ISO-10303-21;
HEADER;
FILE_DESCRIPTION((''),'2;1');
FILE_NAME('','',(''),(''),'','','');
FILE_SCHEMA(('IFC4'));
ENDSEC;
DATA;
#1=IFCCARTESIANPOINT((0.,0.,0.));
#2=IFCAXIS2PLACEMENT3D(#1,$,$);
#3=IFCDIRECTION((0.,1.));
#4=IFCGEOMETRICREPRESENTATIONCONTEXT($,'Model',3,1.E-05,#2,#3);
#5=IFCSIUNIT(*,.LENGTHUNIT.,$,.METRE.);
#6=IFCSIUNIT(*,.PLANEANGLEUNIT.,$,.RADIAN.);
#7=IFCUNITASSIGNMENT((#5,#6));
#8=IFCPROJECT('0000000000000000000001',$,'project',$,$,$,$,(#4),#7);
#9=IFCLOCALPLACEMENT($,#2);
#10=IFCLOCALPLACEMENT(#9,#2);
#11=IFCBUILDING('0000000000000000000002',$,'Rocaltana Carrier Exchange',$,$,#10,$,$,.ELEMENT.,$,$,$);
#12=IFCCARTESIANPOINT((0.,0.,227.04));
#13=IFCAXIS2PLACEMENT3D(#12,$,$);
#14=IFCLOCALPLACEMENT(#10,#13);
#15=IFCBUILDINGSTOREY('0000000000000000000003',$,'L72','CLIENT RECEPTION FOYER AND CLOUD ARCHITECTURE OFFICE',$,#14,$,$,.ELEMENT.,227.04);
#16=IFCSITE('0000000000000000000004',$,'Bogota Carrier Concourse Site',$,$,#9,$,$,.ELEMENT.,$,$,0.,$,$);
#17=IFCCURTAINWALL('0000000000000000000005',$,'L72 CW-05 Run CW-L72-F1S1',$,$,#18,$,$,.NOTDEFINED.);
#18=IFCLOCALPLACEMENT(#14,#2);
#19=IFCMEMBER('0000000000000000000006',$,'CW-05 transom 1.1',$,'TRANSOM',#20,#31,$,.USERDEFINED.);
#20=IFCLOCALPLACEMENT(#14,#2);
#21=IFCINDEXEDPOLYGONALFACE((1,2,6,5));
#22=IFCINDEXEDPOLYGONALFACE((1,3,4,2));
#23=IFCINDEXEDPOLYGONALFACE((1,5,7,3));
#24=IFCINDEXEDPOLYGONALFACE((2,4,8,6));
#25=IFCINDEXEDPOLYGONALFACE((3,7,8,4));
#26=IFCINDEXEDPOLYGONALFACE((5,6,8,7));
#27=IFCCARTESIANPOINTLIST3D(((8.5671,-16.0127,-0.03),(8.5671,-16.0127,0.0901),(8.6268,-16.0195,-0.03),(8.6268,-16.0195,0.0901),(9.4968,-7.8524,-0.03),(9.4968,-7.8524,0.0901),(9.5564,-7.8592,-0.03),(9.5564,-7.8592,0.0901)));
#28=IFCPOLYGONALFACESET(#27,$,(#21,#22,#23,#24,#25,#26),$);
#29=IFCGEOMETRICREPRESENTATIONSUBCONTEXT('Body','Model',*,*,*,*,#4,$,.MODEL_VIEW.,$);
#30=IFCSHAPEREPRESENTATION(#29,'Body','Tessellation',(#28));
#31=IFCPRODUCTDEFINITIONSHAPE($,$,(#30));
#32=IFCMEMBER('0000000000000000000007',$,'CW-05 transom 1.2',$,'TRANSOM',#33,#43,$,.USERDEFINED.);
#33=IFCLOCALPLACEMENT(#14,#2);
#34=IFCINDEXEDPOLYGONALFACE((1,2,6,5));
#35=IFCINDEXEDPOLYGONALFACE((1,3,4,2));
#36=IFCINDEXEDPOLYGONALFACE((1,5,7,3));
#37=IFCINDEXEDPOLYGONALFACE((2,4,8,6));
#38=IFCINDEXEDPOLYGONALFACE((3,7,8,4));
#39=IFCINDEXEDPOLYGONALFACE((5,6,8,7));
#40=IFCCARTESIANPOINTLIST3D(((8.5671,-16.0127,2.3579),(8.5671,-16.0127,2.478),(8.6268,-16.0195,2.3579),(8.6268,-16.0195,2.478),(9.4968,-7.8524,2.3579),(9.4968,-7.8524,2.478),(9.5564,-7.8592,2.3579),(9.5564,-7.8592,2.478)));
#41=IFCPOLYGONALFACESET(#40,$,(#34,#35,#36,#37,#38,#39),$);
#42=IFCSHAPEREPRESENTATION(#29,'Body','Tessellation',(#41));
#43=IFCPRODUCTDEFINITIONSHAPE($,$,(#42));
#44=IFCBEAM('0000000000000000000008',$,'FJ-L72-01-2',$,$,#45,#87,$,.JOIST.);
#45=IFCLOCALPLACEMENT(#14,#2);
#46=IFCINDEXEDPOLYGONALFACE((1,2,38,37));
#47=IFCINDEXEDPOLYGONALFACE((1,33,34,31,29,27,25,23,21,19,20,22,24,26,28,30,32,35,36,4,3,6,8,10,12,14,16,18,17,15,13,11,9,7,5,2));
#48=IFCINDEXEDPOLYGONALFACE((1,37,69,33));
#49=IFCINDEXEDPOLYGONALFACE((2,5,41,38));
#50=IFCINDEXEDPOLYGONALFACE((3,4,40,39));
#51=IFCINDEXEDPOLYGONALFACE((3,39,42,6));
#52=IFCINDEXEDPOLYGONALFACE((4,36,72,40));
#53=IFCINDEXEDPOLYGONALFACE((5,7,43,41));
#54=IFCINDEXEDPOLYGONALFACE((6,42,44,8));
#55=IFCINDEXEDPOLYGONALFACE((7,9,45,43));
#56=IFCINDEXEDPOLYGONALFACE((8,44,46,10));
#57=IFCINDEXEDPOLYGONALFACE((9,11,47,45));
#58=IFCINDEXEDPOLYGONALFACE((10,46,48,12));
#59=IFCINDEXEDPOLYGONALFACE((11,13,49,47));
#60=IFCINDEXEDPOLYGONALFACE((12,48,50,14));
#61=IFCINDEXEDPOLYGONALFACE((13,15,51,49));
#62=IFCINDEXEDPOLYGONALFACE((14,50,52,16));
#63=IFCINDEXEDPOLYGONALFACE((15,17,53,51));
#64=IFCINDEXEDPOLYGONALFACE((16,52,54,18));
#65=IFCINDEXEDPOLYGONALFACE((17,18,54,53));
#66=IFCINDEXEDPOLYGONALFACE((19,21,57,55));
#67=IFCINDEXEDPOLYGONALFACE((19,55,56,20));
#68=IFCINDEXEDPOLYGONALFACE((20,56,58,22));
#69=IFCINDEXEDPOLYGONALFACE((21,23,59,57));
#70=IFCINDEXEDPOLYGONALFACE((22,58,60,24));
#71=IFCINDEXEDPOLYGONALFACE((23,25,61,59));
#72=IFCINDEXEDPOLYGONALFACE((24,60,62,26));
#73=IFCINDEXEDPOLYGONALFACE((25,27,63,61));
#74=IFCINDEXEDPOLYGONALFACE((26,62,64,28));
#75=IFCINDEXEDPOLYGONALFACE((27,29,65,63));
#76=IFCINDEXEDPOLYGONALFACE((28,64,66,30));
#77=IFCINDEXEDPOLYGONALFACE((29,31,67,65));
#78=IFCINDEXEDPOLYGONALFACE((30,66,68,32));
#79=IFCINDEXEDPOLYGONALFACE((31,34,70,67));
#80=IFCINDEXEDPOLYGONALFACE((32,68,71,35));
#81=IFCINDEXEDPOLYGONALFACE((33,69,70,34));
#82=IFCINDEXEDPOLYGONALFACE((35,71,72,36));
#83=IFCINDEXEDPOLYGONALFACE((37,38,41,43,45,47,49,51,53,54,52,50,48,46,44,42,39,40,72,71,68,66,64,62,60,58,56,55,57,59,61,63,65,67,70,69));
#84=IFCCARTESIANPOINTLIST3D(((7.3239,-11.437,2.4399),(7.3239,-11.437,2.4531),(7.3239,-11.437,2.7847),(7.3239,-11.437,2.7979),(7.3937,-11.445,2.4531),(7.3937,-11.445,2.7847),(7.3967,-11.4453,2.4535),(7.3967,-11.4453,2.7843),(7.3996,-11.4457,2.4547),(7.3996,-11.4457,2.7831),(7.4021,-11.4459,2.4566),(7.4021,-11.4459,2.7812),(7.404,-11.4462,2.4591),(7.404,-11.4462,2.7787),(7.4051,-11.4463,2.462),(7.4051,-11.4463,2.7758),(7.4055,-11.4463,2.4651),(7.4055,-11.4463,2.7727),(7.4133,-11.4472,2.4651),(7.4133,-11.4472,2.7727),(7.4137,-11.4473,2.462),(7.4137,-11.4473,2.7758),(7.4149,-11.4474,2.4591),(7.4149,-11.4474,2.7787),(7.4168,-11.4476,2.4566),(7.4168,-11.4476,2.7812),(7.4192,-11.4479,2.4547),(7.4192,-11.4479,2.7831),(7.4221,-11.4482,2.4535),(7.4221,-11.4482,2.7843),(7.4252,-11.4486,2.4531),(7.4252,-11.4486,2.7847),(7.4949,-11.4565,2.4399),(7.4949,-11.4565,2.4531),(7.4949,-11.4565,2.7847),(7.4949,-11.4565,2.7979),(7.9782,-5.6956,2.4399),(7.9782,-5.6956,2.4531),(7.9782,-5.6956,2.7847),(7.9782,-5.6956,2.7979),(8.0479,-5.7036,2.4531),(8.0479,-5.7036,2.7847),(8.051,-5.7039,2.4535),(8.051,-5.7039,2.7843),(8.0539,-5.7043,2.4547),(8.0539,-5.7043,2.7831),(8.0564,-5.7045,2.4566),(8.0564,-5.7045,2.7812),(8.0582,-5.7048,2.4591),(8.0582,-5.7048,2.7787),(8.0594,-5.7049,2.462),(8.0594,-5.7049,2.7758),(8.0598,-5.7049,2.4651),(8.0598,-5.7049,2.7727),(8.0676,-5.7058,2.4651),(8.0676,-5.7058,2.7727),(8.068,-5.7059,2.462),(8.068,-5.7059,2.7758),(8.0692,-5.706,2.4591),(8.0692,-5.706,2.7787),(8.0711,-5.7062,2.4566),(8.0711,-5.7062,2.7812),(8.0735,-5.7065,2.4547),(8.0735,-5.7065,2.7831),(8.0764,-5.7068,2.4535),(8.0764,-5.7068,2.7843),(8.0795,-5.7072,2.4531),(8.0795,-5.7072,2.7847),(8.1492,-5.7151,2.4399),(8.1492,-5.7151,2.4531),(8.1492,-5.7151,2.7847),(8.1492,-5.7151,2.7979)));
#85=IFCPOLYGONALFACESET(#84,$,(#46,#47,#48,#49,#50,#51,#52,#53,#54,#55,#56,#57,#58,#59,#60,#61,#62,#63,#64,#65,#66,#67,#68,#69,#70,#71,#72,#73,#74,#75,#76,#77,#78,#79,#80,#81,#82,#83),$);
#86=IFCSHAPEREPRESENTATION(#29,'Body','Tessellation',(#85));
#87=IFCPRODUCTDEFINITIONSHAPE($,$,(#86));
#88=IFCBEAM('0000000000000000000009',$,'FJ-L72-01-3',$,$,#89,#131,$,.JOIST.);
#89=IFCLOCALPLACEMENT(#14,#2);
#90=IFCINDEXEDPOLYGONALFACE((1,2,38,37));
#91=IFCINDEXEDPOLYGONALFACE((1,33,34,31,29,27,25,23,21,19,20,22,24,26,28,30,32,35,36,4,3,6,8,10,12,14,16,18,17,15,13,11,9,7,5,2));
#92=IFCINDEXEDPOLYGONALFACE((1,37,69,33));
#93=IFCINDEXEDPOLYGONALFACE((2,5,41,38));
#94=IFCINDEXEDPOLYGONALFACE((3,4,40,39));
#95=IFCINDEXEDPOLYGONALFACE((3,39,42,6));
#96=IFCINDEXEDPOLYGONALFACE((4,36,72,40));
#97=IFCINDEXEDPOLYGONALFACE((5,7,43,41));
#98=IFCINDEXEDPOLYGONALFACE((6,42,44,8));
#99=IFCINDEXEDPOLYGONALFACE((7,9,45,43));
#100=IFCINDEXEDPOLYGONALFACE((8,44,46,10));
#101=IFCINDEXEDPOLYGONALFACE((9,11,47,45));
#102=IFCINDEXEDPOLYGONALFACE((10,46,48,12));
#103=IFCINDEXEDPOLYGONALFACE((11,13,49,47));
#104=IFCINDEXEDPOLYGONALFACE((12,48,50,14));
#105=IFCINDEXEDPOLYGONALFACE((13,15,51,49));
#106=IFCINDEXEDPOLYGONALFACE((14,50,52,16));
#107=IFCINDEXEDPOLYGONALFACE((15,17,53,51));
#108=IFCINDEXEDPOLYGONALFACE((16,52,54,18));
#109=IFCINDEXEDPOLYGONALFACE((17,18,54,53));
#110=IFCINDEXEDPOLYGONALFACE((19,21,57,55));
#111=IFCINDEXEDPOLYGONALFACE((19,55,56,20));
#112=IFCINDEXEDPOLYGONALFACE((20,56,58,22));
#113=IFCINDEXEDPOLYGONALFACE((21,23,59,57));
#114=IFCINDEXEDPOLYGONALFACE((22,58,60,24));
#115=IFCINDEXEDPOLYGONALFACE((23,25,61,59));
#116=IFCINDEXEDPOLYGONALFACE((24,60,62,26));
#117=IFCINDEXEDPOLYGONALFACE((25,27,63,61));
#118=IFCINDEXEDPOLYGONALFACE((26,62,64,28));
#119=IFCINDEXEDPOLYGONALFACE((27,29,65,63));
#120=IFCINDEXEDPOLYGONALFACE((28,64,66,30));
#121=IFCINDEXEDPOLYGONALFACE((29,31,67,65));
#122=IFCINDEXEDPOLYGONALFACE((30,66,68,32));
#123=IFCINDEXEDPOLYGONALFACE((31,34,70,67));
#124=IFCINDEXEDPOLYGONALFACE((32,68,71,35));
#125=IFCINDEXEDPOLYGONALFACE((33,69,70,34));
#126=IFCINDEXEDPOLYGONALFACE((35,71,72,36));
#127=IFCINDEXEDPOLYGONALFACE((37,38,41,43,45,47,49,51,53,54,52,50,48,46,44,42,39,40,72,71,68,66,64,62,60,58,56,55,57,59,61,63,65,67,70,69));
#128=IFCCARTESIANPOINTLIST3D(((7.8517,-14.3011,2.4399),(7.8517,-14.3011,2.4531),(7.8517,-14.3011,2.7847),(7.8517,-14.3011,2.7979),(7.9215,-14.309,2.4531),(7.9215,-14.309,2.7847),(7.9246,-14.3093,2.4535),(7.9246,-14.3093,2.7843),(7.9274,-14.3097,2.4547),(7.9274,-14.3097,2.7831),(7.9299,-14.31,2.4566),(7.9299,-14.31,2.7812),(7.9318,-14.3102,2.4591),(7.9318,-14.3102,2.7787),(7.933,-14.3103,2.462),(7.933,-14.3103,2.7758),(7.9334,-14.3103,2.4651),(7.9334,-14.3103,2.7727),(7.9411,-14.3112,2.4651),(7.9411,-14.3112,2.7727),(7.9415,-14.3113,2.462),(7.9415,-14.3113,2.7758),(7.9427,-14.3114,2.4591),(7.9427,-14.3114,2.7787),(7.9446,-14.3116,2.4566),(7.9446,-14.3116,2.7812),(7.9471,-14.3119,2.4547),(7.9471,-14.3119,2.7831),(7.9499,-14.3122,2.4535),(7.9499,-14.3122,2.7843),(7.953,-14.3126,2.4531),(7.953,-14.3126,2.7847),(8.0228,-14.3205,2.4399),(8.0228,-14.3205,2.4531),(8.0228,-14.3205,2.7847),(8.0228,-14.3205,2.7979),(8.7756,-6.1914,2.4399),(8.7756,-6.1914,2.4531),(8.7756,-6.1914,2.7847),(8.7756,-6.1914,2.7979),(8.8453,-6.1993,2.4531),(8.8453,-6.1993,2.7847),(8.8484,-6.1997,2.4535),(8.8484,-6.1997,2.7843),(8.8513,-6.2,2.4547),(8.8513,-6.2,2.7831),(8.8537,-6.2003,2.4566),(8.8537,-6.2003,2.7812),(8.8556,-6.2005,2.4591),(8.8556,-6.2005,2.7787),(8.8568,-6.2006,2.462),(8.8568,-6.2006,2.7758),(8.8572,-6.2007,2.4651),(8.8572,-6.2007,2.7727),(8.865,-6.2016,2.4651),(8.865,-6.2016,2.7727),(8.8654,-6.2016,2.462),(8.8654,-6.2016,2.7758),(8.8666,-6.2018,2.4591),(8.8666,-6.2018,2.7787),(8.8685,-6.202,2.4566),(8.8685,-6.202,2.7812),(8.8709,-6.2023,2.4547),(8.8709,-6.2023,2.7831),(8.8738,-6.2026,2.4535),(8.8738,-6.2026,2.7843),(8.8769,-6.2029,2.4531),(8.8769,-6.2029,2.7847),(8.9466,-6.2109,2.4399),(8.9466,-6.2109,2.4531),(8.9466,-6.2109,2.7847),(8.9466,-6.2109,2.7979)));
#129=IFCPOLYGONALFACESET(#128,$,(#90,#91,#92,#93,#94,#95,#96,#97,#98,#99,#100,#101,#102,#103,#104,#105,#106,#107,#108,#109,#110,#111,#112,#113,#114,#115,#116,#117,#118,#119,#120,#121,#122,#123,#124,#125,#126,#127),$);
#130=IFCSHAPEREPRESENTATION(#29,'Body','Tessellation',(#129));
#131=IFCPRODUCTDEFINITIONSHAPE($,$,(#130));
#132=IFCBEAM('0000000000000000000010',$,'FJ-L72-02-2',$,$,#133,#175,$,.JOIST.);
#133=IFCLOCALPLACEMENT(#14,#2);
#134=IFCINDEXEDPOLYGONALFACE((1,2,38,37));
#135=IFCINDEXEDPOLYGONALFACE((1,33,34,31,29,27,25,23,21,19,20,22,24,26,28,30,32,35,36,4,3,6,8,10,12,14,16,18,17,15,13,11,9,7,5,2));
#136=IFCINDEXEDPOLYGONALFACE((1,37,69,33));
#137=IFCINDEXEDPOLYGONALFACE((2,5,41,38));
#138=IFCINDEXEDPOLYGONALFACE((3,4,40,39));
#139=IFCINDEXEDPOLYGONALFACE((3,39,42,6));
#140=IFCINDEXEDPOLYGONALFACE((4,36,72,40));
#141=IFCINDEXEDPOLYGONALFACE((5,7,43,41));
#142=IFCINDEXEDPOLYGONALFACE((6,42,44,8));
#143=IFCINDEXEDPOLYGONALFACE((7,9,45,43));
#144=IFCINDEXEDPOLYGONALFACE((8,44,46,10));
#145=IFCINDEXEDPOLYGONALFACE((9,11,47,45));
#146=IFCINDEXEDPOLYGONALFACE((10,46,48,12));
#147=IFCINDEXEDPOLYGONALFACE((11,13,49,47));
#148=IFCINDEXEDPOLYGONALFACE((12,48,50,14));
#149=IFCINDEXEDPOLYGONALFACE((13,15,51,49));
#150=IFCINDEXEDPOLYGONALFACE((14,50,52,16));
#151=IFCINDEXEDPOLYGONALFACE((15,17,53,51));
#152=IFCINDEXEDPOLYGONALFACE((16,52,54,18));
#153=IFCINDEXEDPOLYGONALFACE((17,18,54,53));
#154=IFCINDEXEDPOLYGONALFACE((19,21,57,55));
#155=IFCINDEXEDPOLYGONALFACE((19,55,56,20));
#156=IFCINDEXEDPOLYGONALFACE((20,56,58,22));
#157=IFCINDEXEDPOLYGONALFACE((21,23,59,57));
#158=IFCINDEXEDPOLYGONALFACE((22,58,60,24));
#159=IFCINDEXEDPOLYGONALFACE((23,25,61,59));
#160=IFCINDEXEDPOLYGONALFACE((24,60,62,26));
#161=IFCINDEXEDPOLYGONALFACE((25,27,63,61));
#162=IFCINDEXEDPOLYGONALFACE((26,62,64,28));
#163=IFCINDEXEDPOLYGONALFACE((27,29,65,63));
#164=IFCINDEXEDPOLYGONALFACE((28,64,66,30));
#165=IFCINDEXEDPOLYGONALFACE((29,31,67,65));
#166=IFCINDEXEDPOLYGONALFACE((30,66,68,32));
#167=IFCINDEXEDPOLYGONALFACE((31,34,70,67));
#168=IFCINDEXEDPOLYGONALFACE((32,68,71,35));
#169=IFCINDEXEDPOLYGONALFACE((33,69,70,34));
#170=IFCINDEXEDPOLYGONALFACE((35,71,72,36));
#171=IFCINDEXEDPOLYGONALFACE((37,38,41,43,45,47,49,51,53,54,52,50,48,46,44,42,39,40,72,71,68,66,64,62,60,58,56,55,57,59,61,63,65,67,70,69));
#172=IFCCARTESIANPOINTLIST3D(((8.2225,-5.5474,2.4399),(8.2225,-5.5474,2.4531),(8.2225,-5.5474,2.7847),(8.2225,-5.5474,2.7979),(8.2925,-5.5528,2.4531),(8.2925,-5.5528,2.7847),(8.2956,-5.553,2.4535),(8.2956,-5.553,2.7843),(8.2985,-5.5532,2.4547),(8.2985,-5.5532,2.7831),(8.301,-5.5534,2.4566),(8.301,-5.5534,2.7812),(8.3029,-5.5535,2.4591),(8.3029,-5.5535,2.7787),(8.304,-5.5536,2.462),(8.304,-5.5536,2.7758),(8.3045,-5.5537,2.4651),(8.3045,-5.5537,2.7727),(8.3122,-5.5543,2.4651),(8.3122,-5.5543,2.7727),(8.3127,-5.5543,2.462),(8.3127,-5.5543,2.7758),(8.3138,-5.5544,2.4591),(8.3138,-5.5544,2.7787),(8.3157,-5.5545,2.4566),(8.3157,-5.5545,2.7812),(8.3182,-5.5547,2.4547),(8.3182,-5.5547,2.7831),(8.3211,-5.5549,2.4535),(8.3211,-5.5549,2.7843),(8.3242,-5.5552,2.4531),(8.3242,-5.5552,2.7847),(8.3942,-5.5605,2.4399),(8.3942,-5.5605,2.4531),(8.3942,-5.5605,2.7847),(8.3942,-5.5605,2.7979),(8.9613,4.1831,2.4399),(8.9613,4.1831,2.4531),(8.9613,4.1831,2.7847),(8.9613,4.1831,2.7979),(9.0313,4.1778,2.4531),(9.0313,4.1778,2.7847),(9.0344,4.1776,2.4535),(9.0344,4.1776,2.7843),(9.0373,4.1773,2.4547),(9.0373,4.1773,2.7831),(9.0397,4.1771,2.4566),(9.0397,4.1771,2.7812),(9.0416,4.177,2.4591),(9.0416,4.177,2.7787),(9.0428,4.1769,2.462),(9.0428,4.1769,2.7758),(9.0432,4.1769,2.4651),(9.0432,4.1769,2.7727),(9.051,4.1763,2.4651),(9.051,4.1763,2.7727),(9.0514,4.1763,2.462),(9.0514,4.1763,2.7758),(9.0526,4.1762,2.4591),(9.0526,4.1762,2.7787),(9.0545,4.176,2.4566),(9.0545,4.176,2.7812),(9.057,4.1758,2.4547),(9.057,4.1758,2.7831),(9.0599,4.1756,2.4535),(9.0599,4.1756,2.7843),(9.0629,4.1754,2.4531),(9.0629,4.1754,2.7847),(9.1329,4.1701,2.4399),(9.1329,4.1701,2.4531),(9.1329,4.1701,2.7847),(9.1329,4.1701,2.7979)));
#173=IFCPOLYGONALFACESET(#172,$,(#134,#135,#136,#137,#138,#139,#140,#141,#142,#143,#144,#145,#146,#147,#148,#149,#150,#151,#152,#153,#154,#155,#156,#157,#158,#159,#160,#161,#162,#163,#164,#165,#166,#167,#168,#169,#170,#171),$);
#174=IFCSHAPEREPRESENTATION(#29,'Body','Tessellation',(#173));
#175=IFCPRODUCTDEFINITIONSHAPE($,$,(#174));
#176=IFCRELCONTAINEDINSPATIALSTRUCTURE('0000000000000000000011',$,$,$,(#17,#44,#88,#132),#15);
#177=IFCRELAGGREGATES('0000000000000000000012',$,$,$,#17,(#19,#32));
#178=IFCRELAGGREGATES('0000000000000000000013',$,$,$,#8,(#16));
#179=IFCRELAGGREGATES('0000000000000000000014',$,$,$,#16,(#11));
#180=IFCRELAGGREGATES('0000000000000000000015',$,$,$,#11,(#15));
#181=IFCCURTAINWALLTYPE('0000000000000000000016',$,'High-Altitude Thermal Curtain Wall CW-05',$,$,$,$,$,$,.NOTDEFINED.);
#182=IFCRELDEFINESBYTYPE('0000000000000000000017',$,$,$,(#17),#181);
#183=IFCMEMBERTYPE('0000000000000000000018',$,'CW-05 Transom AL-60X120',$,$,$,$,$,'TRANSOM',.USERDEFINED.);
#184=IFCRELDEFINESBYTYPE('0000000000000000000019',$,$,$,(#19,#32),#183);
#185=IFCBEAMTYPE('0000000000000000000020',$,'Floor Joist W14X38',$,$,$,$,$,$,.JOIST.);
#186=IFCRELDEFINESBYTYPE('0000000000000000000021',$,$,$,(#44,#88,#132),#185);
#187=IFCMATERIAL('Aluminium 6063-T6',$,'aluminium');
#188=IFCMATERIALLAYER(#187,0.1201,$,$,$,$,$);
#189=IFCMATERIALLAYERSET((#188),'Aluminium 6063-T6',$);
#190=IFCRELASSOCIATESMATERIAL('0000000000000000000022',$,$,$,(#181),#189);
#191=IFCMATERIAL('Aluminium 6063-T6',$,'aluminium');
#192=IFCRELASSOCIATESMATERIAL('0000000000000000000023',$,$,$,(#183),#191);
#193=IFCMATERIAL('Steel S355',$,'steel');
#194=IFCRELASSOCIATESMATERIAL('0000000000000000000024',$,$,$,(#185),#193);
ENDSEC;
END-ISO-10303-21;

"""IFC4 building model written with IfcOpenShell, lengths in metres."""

from ifc_helpers import new_model, si_unit, direction, frame, origin, origin_2d, place, context, subcontext, project, spatial, rectangle, i_section, extrude, material, layer, layer_set, material_profile, profile_set, type_object, element, aggregate, save


model = new_model("IFC4")

# Units and contexts
model_context = context("Model", 3, precision=1e-05, world=origin(), true_north=direction((0.0, 1.0)))
body_context = subcontext(model_context, "Body", "Model", "MODEL_VIEW")
ifc_project = project(units=[si_unit("LENGTHUNIT", "METRE"), si_unit("PLANEANGLEUNIT", "RADIAN")], contexts=[model_context])

# Site, building, storey
site_placement = place(None, origin())
site = spatial("IfcSite", under=ifc_project, at=site_placement, Name="Bogota Carrier Concourse Site", CompositionType="ELEMENT", RefElevation=0.0)
building_placement = place(site_placement, origin())
building = spatial("IfcBuilding", under=site, at=building_placement, Name="Rocaltana Carrier Exchange", CompositionType="ELEMENT")
storey_placement = place(building_placement, frame((0.0, 0.0, 227.04)))
storey = spatial("IfcBuildingStorey", under=building, at=storey_placement, Name="L72", Description="CLIENT RECEPTION FOYER AND CLOUD ARCHITECTURE OFFICE", CompositionType="ELEMENT", Elevation=227.04)

# Curtain wall
ifc_material_1 = material(Name="Aluminium 6063-T6", Category="aluminium")
ifc_layer_1 = layer(ifc_material_1, 0.1201)
ifc_layer_set_1 = layer_set([ifc_layer_1], Name="Aluminium 6063-T6")
curtain_wall_type = type_object("IfcCurtainWallType", Name="High-Altitude Thermal Curtain Wall CW-05", PredefinedType="NOTDEFINED", material=ifc_layer_set_1)
curtain_wall_1_placement = place(storey_placement, origin())
curtain_wall_1 = element("IfcCurtainWall", 1, at=curtain_wall_1_placement, inside=storey, type_object=curtain_wall_type, Name="L72 CW-05 Run CW-L72-F1S1", PredefinedType="NOTDEFINED")

# Members
ifc_material_2 = material(Name="Aluminium 6063-T6", Category="aluminium")
ifc_material_profile_1 = material_profile(ifc_material_2, rectangle(XDim=0.0601, YDim=0.1201, at=origin_2d()), Name="AL-60X120")
ifc_profile_set_1 = profile_set([ifc_material_profile_1], Name="Aluminium 6063-T6")
member_type_1 = type_object("IfcMemberType", Name="CW-05 Transom AL-60X120", ElementType="TRANSOM", PredefinedType="USERDEFINED", material=ifc_profile_set_1)
member_1_placement = place(storey_placement, frame((8.5969, -16.0161, 0.03), z_axis=(0.113194, 0.993573, 0.0), x_axis=(-0.993573, 0.113194, 0.0)))
member_1 = element("IfcMember", 2, at=member_1_placement, type_object=member_type_1, Name="CW-05 transom 1.1", ObjectType="TRANSOM", PredefinedType="USERDEFINED", context=body_context, shape_type="SweptSolid", body=[
    extrude(rectangle(XDim=0.0601, YDim=0.1201, at=origin_2d()), origin(), (0.0, 0.0, 1.0), 8.2131),
])
member_2_placement = place(storey_placement, frame((8.5969, -16.0161, 2.418), z_axis=(0.113194, 0.993573, 0.0), x_axis=(-0.993573, 0.113194, 0.0)))
member_2 = element("IfcMember", 3, at=member_2_placement, type_object=member_type_1, Name="CW-05 transom 1.2", ObjectType="TRANSOM", PredefinedType="USERDEFINED", context=body_context, shape_type="SweptSolid", body=[
    extrude(rectangle(XDim=0.0601, YDim=0.1201, at=origin_2d()), origin(), (0.0, 0.0, 1.0), 8.2131),
])

# Beams
ifc_material_3 = material(Name="Steel S355", Category="steel")
ifc_material_profile_2 = material_profile(ifc_material_3, i_section(OverallWidth=0.1721, OverallDepth=0.3579, WebThickness=0.0078, FlangeThickness=0.0132, FilletRadius=0.012, at=origin_2d()), Name="W14X38")
ifc_profile_set_2 = profile_set([ifc_material_profile_2], Name="Steel S355")
beam_type_1 = type_object("IfcBeamType", Name="Floor Joist W14X38", PredefinedType="JOIST", material=ifc_profile_set_2)
beam_1_placement = place(storey_placement, frame((7.4094, -11.4468, 2.6189), z_axis=(0.113227, 0.993569, 0.0), x_axis=(-0.993569, 0.113227, 0.0)))
element("IfcBeam", 4, at=beam_1_placement, inside=storey, type_object=beam_type_1, Name="FJ-L72-01-2", PredefinedType="JOIST", context=body_context, shape_type="SweptSolid", body=[
    extrude(i_section(OverallWidth=0.1721, OverallDepth=0.3579, WebThickness=0.0078, FlangeThickness=0.0132, FilletRadius=0.012, at=origin_2d()), origin(), (0.0, 0.0, 1.0), 5.7786),
])
beam_2_placement = place(storey_placement, frame((7.9373, -14.3108, 2.6189), z_axis=(0.113186, 0.993574, 0.0), x_axis=(-0.993574, 0.113186, 0.0)))
element("IfcBeam", 5, at=beam_2_placement, inside=storey, type_object=beam_type_1, Name="FJ-L72-01-3", PredefinedType="JOIST", context=body_context, shape_type="SweptSolid", body=[
    extrude(i_section(OverallWidth=0.1721, OverallDepth=0.3579, WebThickness=0.0078, FlangeThickness=0.0132, FilletRadius=0.012, at=origin_2d()), origin(), (0.0, 0.0, 1.0), 8.1621),
])
beam_3_placement = place(storey_placement, frame((8.3083, -5.554, 2.6189), z_axis=(0.075705, 0.99713, 0.0), x_axis=(-0.99713, 0.075705, 0.0)))
element("IfcBeam", 6, at=beam_3_placement, inside=storey, type_object=beam_type_1, Name="FJ-L72-02-2", PredefinedType="JOIST", context=body_context, shape_type="SweptSolid", body=[
    extrude(i_section(OverallWidth=0.1721, OverallDepth=0.3579, WebThickness=0.0078, FlangeThickness=0.0132, FilletRadius=0.012, at=origin_2d()), origin(), (0.0, 0.0, 1.0), 9.7585),
])

aggregate(curtain_wall_1, [member_1, member_2])

save(model, "model.ifc")
